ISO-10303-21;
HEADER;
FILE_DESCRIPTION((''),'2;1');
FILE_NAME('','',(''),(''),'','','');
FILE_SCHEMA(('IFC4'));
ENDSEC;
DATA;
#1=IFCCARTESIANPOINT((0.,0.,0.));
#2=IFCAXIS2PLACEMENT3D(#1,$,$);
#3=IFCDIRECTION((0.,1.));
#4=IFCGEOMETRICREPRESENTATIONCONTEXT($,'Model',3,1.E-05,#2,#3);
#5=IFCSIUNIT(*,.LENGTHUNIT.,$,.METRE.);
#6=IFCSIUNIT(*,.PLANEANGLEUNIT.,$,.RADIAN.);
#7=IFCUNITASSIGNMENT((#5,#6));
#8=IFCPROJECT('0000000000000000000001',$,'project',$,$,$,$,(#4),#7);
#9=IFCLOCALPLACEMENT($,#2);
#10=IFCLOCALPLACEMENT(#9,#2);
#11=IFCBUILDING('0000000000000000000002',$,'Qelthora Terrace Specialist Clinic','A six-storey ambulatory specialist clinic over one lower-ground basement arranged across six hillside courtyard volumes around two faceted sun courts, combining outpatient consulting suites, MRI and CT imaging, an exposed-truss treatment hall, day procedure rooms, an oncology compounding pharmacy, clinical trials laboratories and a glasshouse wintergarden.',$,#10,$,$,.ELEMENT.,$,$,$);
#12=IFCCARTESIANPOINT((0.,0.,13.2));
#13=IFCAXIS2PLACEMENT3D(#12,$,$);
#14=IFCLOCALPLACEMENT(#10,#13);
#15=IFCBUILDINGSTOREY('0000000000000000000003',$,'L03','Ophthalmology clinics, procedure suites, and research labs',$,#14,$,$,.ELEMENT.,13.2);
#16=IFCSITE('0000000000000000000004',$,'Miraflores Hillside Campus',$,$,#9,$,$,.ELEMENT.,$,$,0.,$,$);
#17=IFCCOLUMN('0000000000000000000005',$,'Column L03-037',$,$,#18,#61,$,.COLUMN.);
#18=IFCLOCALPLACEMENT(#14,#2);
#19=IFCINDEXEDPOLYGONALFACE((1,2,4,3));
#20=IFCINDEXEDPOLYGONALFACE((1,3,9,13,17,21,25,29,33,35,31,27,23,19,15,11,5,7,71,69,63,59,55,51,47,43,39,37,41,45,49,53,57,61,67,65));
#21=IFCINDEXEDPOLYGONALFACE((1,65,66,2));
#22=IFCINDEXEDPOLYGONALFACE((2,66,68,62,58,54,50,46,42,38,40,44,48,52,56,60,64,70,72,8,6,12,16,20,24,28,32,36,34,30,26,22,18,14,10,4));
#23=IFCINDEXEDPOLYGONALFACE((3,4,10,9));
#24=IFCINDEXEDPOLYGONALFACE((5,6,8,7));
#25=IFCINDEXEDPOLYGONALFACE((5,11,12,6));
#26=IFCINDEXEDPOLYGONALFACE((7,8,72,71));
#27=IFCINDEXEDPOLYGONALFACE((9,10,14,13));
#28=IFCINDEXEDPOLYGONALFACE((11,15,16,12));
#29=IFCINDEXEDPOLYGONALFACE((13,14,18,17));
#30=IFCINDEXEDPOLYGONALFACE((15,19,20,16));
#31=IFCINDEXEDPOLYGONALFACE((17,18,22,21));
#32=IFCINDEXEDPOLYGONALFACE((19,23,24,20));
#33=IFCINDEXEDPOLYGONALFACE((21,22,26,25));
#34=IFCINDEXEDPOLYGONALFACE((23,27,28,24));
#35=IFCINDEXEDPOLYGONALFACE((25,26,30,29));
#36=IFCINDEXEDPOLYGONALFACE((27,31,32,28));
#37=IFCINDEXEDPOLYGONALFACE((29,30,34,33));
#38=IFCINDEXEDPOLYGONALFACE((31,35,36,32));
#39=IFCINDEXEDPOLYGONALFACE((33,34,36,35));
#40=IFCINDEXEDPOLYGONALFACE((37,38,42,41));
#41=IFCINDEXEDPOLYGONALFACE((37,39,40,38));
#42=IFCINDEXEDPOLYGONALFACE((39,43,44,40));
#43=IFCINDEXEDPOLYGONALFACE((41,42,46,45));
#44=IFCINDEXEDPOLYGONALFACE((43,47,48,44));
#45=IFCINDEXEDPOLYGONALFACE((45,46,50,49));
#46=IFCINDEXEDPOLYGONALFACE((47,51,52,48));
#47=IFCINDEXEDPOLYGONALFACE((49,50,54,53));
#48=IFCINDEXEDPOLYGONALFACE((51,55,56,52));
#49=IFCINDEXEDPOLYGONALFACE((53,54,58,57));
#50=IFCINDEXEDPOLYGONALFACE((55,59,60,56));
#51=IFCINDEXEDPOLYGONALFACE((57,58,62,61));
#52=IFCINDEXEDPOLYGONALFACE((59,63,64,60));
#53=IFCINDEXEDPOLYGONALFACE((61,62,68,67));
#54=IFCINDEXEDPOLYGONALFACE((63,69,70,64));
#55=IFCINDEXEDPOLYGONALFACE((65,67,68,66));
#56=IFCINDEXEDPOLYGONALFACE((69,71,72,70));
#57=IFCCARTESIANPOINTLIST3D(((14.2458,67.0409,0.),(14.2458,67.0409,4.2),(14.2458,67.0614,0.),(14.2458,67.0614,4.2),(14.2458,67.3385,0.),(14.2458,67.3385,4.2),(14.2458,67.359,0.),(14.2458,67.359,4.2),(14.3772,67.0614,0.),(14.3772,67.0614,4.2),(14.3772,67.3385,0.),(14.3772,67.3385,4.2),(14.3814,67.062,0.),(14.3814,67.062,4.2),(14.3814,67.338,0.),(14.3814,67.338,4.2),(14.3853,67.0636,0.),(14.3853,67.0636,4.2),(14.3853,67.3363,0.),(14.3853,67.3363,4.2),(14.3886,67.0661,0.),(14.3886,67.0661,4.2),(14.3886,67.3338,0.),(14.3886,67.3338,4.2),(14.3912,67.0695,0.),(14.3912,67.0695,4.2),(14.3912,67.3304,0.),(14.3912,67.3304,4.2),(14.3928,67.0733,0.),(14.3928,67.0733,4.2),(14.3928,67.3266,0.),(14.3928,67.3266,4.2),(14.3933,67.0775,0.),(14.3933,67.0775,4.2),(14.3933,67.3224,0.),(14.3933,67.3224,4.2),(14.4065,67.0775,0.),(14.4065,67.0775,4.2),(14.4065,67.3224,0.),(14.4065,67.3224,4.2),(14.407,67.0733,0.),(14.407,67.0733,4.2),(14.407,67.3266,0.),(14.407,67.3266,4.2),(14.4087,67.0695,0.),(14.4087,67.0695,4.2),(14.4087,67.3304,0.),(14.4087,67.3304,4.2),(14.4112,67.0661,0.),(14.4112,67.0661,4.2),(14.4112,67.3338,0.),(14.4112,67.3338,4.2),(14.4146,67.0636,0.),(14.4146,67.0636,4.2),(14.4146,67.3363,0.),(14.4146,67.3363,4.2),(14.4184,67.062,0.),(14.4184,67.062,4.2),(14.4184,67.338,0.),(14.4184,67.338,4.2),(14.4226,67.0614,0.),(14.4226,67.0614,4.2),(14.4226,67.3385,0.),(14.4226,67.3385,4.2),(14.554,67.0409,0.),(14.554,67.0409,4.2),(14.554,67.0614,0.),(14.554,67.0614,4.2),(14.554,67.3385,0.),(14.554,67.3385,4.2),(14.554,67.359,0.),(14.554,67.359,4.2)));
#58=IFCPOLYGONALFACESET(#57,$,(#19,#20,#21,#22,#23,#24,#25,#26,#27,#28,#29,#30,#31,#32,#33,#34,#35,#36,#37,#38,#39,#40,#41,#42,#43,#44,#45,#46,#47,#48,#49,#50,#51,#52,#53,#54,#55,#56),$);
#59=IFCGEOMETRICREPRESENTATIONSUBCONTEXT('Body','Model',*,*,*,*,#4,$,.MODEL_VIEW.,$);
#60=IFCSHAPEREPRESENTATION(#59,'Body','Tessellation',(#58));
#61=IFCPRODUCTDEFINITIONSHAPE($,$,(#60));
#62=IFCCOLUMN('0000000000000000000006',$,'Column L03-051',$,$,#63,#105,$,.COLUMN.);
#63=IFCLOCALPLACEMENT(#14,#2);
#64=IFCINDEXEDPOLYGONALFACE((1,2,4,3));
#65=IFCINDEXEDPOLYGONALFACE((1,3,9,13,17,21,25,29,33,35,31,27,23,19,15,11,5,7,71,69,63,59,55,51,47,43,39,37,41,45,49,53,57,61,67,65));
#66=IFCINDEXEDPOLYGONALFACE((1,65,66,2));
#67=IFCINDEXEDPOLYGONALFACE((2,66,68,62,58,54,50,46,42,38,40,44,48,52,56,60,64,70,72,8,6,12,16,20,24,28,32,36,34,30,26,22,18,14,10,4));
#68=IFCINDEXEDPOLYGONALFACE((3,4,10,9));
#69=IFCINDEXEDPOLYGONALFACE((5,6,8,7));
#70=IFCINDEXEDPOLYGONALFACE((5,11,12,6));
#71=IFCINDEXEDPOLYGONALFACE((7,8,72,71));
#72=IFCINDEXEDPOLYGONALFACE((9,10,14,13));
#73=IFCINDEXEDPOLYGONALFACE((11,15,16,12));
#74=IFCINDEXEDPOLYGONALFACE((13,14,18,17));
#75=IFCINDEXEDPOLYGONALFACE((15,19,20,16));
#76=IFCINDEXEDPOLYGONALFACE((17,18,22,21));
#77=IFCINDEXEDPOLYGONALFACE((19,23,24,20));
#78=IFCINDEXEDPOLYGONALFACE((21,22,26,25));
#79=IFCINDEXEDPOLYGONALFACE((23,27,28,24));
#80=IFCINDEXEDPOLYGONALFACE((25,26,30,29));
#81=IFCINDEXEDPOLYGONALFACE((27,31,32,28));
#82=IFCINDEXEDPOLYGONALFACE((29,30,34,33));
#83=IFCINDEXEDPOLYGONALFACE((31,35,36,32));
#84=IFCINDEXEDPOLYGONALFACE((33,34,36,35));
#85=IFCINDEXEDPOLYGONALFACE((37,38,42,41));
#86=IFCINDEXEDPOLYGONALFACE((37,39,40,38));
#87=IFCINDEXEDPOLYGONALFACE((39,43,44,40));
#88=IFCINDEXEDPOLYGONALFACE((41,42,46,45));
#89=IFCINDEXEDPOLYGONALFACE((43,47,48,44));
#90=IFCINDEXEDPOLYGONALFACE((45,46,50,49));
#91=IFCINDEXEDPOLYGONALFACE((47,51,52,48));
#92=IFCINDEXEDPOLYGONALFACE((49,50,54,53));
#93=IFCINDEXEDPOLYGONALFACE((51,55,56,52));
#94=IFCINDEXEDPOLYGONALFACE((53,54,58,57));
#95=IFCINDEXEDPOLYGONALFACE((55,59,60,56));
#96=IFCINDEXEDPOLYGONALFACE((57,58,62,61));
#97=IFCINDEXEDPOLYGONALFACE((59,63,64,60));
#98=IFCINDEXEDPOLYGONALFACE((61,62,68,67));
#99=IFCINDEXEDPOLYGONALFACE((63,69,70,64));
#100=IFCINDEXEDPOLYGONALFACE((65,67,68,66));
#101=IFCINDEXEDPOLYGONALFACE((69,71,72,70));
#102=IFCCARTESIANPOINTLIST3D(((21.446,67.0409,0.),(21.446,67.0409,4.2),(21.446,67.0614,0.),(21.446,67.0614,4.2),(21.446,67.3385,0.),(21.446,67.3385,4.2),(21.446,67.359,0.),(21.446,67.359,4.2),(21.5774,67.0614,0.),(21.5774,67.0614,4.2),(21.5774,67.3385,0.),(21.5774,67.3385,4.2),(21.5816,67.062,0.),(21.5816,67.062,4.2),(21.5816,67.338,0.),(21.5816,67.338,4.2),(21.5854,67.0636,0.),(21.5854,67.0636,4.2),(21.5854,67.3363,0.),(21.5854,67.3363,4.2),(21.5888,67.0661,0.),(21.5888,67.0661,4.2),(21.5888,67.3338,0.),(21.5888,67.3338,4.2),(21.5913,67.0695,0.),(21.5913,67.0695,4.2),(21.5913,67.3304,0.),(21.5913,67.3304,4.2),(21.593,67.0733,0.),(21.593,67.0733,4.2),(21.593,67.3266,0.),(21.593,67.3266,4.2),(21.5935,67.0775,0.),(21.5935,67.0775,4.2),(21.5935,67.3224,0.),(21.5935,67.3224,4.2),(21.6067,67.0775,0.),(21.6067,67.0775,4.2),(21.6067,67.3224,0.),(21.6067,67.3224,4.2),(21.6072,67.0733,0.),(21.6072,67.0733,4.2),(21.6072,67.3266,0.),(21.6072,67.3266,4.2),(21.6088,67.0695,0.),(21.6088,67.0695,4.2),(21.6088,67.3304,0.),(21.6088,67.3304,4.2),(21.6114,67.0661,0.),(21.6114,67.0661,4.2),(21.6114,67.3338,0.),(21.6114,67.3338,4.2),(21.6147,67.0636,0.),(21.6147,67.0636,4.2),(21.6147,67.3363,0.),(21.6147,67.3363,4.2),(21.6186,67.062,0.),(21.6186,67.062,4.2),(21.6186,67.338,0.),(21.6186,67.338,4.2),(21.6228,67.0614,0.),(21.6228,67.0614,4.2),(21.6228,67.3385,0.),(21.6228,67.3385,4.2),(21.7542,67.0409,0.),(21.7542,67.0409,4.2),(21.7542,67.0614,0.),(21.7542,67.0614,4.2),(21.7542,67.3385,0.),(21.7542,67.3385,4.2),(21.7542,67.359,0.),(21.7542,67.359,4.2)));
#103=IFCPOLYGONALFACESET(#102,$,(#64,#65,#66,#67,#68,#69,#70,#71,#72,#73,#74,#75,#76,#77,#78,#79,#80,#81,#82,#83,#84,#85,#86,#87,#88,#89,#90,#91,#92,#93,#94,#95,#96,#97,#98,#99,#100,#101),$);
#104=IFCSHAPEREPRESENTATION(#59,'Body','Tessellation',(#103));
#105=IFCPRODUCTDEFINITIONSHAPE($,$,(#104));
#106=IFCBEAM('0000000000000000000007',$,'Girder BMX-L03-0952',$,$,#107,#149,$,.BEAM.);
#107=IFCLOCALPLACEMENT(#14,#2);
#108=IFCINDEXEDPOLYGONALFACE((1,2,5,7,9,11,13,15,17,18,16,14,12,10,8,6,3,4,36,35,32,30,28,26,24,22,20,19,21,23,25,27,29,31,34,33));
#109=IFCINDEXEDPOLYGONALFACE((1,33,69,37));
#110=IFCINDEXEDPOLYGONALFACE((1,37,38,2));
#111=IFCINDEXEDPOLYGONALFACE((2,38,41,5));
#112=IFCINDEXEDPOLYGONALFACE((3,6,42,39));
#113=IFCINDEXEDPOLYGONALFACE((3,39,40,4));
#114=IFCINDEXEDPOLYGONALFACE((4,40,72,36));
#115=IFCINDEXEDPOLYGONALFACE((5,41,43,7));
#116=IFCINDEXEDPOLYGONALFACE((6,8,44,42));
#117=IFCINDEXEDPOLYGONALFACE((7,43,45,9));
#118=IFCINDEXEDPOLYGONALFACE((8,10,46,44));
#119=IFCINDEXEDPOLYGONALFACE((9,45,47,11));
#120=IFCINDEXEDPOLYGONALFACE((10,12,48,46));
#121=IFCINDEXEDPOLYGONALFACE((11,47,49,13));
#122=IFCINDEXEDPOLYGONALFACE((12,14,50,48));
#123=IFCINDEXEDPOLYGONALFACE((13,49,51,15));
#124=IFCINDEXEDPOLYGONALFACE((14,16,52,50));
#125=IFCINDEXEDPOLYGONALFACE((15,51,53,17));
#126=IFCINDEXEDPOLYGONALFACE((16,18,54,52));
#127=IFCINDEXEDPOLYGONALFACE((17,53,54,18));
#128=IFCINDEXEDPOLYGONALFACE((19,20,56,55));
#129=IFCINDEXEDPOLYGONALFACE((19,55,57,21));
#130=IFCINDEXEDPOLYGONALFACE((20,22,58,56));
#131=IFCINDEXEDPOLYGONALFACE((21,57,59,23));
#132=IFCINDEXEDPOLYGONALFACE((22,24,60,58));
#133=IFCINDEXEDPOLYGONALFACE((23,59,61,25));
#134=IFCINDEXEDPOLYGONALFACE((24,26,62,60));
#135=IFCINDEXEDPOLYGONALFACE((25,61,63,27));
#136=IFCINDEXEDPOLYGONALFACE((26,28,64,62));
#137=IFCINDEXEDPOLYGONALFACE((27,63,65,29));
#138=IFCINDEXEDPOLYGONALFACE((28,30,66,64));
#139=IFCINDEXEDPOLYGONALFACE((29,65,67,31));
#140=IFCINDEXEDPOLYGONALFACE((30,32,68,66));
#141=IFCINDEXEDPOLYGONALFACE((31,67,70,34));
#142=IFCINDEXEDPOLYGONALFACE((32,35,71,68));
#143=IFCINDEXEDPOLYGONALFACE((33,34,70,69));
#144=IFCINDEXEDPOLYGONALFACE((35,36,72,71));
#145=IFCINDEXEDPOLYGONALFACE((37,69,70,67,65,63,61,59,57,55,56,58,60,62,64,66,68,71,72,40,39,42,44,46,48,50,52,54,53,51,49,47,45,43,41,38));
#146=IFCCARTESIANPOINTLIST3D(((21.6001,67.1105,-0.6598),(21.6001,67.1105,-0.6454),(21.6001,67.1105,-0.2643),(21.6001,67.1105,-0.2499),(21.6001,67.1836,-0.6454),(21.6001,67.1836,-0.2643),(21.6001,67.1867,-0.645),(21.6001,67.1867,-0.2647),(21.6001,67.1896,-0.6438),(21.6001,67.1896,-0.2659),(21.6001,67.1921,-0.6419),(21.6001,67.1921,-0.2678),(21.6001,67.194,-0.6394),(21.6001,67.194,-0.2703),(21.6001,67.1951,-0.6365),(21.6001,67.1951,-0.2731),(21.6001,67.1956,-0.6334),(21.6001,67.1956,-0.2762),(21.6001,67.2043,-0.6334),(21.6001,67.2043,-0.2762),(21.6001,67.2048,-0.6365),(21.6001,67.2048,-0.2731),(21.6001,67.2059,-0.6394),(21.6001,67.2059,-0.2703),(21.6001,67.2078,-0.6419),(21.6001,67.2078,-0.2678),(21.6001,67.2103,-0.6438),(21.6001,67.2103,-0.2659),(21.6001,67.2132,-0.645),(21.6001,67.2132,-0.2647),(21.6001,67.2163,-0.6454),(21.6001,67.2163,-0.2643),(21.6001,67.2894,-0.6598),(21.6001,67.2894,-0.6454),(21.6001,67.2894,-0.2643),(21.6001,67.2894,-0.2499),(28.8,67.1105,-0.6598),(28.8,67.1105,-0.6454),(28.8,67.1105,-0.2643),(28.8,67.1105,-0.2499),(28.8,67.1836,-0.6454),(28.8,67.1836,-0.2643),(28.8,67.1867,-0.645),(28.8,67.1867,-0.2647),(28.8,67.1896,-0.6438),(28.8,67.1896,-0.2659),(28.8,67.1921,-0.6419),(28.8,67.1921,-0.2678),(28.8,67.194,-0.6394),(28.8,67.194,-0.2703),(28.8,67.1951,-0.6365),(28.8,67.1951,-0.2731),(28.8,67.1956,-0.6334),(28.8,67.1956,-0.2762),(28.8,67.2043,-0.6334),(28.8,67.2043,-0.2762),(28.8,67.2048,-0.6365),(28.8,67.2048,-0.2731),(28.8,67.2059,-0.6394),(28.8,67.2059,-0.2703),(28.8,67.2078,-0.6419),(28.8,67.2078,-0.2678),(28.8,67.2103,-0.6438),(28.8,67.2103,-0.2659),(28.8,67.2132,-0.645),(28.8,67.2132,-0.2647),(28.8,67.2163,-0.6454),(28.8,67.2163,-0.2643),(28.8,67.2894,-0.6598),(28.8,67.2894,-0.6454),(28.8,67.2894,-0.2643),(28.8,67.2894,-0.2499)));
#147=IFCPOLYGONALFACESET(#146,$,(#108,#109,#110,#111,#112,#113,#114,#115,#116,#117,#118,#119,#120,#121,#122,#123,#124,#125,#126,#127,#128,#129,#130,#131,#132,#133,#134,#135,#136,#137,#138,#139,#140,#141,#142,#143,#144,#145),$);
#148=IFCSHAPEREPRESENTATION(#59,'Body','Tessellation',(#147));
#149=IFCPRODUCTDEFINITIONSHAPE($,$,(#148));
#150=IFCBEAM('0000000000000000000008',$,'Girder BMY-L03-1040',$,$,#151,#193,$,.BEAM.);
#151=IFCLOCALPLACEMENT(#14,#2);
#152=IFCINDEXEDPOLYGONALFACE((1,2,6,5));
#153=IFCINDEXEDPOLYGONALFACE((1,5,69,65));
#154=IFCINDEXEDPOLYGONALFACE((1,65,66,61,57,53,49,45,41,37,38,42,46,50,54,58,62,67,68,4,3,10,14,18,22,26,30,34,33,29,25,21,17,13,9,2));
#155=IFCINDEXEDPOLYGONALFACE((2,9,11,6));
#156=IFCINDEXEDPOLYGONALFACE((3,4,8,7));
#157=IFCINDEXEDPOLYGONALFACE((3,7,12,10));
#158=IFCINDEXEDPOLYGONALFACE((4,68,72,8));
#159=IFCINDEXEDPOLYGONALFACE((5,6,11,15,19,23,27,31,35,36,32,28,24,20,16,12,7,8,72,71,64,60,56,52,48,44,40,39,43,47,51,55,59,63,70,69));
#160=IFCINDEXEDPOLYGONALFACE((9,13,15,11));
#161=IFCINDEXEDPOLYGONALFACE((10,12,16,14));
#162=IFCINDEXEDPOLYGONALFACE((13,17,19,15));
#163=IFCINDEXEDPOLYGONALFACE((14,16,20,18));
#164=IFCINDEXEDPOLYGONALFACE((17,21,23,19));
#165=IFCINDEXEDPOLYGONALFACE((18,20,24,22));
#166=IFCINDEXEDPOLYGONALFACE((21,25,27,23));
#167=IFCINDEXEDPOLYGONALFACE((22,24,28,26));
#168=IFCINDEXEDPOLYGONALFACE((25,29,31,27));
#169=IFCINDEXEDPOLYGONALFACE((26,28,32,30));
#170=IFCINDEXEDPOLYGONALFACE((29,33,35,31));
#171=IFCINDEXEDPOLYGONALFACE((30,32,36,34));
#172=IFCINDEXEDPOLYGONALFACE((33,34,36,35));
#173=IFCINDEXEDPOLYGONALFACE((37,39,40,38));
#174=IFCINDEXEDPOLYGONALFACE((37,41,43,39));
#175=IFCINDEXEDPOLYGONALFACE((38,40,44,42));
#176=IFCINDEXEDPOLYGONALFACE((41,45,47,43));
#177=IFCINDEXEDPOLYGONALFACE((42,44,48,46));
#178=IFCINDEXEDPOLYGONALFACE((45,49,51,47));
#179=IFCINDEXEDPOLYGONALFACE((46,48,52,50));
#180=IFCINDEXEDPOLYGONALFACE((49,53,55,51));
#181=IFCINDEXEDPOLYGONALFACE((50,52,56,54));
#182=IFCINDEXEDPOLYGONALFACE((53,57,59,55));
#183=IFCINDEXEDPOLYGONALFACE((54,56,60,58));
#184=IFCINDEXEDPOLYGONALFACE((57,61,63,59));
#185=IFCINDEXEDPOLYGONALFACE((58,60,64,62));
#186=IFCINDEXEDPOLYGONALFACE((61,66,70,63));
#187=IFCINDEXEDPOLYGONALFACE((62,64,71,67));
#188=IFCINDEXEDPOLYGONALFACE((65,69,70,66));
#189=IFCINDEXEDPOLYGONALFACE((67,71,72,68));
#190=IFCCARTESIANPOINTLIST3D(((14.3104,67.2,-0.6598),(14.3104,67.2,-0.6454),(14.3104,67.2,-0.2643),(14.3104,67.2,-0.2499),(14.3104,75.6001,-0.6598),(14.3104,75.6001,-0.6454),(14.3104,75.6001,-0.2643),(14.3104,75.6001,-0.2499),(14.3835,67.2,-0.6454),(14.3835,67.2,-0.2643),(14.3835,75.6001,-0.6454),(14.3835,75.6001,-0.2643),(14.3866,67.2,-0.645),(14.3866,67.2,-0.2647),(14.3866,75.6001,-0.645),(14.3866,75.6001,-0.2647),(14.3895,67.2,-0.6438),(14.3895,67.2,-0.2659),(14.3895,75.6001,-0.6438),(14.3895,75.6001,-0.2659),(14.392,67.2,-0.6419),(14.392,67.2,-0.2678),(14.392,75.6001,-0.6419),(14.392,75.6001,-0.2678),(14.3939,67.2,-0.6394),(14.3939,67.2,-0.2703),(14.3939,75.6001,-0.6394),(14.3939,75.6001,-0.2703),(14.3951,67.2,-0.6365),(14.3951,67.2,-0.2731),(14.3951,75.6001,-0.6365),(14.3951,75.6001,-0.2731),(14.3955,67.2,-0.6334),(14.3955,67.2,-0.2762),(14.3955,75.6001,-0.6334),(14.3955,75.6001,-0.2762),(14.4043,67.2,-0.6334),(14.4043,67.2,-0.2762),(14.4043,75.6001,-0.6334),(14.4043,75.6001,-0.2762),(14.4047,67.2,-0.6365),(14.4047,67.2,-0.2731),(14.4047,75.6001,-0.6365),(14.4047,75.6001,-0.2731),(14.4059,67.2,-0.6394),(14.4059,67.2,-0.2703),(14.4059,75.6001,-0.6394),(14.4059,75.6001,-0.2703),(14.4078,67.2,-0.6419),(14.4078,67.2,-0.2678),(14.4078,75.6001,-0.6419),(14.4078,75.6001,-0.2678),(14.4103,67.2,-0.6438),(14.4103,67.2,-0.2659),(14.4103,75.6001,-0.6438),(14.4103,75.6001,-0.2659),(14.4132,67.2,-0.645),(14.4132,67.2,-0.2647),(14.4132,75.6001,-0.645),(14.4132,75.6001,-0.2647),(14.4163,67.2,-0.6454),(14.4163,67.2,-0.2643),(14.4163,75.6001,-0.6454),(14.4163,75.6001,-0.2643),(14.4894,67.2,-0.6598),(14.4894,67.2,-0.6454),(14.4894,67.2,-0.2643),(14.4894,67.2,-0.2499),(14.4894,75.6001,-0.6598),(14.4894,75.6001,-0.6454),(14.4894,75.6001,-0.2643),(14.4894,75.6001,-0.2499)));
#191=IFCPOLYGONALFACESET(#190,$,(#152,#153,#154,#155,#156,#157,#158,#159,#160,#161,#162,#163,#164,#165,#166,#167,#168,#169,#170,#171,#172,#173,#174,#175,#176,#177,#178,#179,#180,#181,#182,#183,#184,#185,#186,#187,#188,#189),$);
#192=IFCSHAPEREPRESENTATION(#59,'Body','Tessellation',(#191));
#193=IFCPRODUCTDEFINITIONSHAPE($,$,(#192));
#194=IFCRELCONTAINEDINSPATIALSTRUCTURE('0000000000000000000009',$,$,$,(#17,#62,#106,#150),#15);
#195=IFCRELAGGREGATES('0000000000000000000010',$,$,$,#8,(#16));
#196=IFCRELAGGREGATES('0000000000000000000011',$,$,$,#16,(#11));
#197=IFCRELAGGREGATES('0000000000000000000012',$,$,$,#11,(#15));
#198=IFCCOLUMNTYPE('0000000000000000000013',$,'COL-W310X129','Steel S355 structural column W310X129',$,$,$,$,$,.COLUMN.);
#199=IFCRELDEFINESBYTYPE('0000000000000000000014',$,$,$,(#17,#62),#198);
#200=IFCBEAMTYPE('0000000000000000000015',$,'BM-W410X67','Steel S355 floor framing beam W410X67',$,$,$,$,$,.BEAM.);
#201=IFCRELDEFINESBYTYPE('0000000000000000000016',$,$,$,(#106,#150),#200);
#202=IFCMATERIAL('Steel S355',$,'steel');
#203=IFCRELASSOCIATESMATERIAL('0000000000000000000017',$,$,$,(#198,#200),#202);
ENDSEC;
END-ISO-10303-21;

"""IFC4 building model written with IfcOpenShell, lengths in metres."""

from ifc_helpers import new_model, si_unit, direction, frame, origin, origin_2d, place, context, subcontext, project, spatial, i_section, extrude, material, material_profile, profile_set, type_object, element, save


model = new_model("IFC4")

# Units and contexts
model_context = context("Model", 3, precision=1e-05, world=origin(), true_north=direction((0.0, 1.0)))
body_context = subcontext(model_context, "Body", "Model", "MODEL_VIEW")
ifc_project = project(units=[si_unit("LENGTHUNIT", "METRE"), si_unit("PLANEANGLEUNIT", "RADIAN")], contexts=[model_context])

# Site, building, storey
site_placement = place(None, origin())
site = spatial("IfcSite", under=ifc_project, at=site_placement, Name="Miraflores Hillside Campus", CompositionType="ELEMENT", RefElevation=0.0)
building_placement = place(site_placement, origin())
building = spatial("IfcBuilding", under=site, at=building_placement, Name="Qelthora Terrace Specialist Clinic", Description="A six-storey ambulatory specialist clinic over one lower-ground basement arranged across six hillside courtyard volumes around two faceted sun courts, combining outpatient consulting suites, MRI and CT imaging, an exposed-truss treatment hall, day procedure rooms, an oncology compounding pharmacy, clinical trials laboratories and a glasshouse wintergarden.", CompositionType="ELEMENT")
storey_placement = place(building_placement, frame((0.0, 0.0, 13.2)))
storey = spatial("IfcBuildingStorey", under=building, at=storey_placement, Name="L03", Description="Ophthalmology clinics, procedure suites, and research labs", CompositionType="ELEMENT", Elevation=13.2)

# Columns
ifc_material_1 = material(Name="Steel S355", Category="steel")
ifc_material_profile_1 = material_profile(ifc_material_1, i_section(OverallWidth=0.3081, OverallDepth=0.3181, WebThickness=0.0132, FlangeThickness=0.0205, FilletRadius=0.0161, at=origin_2d()), Name="W310X129")
ifc_profile_set_1 = profile_set([ifc_material_profile_1], Name="Steel S355")
column_type = type_object("IfcColumnType", Name="COL-W310X129", Description="Steel S355 structural column W310X129", PredefinedType="COLUMN", material=ifc_profile_set_1)
for number, where, z_axis, x_axis, name in (
    (1, (14.3999, 67.2, 0.0), (0.0, 0.0, 1.0), (1.0, 0.0, 0.0), "Column L03-037"),
    (2, (21.6001, 67.2, 0.0), (0.0, 0.0, 1.0), (1.0, 0.0, 0.0), "Column L03-051"),
):
    element("IfcColumn", number, at=place(storey_placement, frame(where, z_axis=z_axis, x_axis=x_axis)), inside=storey, type_object=column_type, Name=name, PredefinedType="COLUMN", context=body_context, shape_type="SweptSolid", body=[
        extrude(i_section(OverallWidth=0.3081, OverallDepth=0.3181, WebThickness=0.0132, FlangeThickness=0.0205, FilletRadius=0.0161, at=origin_2d()), origin(), (0.0, 0.0, 1.0), 4.2),
    ])

# Beams
ifc_material_profile_2 = material_profile(ifc_material_1, i_section(OverallWidth=0.179, OverallDepth=0.4099, WebThickness=0.0088, FlangeThickness=0.0144, FilletRadius=0.012, at=origin_2d()), Name="W410X67")
ifc_profile_set_2 = profile_set([ifc_material_profile_2], Name="Steel S355")
beam_type_1 = type_object("IfcBeamType", Name="BM-W410X67", Description="Steel S355 floor framing beam W410X67", PredefinedType="BEAM", material=ifc_profile_set_2)
beam_1_placement = place(storey_placement, frame((21.6001, 67.2, -0.4548), z_axis=(1.0, 0.0, 0.0), x_axis=(0.0, 1.0, 0.0)))
element("IfcBeam", 3, at=beam_1_placement, inside=storey, type_object=beam_type_1, Name="Girder BMX-L03-0952", PredefinedType="BEAM", context=body_context, shape_type="SweptSolid", body=[
    extrude(i_section(OverallWidth=0.179, OverallDepth=0.4099, WebThickness=0.0088, FlangeThickness=0.0144, FilletRadius=0.012, at=origin_2d()), origin(), (0.0, 0.0, 1.0), 7.2),
])
beam_2_placement = place(storey_placement, frame((14.3999, 67.2, -0.4548), z_axis=(0.0, 1.0, 0.0), x_axis=(-1.0, 0.0, 0.0)))
element("IfcBeam", 4, at=beam_2_placement, inside=storey, type_object=beam_type_1, Name="Girder BMY-L03-1040", PredefinedType="BEAM", context=body_context, shape_type="SweptSolid", body=[
    extrude(i_section(OverallWidth=0.179, OverallDepth=0.4099, WebThickness=0.0088, FlangeThickness=0.0144, FilletRadius=0.012, at=origin_2d()), origin(), (0.0, 0.0, 1.0), 8.4001),
])

save(model, "model.ifc")
